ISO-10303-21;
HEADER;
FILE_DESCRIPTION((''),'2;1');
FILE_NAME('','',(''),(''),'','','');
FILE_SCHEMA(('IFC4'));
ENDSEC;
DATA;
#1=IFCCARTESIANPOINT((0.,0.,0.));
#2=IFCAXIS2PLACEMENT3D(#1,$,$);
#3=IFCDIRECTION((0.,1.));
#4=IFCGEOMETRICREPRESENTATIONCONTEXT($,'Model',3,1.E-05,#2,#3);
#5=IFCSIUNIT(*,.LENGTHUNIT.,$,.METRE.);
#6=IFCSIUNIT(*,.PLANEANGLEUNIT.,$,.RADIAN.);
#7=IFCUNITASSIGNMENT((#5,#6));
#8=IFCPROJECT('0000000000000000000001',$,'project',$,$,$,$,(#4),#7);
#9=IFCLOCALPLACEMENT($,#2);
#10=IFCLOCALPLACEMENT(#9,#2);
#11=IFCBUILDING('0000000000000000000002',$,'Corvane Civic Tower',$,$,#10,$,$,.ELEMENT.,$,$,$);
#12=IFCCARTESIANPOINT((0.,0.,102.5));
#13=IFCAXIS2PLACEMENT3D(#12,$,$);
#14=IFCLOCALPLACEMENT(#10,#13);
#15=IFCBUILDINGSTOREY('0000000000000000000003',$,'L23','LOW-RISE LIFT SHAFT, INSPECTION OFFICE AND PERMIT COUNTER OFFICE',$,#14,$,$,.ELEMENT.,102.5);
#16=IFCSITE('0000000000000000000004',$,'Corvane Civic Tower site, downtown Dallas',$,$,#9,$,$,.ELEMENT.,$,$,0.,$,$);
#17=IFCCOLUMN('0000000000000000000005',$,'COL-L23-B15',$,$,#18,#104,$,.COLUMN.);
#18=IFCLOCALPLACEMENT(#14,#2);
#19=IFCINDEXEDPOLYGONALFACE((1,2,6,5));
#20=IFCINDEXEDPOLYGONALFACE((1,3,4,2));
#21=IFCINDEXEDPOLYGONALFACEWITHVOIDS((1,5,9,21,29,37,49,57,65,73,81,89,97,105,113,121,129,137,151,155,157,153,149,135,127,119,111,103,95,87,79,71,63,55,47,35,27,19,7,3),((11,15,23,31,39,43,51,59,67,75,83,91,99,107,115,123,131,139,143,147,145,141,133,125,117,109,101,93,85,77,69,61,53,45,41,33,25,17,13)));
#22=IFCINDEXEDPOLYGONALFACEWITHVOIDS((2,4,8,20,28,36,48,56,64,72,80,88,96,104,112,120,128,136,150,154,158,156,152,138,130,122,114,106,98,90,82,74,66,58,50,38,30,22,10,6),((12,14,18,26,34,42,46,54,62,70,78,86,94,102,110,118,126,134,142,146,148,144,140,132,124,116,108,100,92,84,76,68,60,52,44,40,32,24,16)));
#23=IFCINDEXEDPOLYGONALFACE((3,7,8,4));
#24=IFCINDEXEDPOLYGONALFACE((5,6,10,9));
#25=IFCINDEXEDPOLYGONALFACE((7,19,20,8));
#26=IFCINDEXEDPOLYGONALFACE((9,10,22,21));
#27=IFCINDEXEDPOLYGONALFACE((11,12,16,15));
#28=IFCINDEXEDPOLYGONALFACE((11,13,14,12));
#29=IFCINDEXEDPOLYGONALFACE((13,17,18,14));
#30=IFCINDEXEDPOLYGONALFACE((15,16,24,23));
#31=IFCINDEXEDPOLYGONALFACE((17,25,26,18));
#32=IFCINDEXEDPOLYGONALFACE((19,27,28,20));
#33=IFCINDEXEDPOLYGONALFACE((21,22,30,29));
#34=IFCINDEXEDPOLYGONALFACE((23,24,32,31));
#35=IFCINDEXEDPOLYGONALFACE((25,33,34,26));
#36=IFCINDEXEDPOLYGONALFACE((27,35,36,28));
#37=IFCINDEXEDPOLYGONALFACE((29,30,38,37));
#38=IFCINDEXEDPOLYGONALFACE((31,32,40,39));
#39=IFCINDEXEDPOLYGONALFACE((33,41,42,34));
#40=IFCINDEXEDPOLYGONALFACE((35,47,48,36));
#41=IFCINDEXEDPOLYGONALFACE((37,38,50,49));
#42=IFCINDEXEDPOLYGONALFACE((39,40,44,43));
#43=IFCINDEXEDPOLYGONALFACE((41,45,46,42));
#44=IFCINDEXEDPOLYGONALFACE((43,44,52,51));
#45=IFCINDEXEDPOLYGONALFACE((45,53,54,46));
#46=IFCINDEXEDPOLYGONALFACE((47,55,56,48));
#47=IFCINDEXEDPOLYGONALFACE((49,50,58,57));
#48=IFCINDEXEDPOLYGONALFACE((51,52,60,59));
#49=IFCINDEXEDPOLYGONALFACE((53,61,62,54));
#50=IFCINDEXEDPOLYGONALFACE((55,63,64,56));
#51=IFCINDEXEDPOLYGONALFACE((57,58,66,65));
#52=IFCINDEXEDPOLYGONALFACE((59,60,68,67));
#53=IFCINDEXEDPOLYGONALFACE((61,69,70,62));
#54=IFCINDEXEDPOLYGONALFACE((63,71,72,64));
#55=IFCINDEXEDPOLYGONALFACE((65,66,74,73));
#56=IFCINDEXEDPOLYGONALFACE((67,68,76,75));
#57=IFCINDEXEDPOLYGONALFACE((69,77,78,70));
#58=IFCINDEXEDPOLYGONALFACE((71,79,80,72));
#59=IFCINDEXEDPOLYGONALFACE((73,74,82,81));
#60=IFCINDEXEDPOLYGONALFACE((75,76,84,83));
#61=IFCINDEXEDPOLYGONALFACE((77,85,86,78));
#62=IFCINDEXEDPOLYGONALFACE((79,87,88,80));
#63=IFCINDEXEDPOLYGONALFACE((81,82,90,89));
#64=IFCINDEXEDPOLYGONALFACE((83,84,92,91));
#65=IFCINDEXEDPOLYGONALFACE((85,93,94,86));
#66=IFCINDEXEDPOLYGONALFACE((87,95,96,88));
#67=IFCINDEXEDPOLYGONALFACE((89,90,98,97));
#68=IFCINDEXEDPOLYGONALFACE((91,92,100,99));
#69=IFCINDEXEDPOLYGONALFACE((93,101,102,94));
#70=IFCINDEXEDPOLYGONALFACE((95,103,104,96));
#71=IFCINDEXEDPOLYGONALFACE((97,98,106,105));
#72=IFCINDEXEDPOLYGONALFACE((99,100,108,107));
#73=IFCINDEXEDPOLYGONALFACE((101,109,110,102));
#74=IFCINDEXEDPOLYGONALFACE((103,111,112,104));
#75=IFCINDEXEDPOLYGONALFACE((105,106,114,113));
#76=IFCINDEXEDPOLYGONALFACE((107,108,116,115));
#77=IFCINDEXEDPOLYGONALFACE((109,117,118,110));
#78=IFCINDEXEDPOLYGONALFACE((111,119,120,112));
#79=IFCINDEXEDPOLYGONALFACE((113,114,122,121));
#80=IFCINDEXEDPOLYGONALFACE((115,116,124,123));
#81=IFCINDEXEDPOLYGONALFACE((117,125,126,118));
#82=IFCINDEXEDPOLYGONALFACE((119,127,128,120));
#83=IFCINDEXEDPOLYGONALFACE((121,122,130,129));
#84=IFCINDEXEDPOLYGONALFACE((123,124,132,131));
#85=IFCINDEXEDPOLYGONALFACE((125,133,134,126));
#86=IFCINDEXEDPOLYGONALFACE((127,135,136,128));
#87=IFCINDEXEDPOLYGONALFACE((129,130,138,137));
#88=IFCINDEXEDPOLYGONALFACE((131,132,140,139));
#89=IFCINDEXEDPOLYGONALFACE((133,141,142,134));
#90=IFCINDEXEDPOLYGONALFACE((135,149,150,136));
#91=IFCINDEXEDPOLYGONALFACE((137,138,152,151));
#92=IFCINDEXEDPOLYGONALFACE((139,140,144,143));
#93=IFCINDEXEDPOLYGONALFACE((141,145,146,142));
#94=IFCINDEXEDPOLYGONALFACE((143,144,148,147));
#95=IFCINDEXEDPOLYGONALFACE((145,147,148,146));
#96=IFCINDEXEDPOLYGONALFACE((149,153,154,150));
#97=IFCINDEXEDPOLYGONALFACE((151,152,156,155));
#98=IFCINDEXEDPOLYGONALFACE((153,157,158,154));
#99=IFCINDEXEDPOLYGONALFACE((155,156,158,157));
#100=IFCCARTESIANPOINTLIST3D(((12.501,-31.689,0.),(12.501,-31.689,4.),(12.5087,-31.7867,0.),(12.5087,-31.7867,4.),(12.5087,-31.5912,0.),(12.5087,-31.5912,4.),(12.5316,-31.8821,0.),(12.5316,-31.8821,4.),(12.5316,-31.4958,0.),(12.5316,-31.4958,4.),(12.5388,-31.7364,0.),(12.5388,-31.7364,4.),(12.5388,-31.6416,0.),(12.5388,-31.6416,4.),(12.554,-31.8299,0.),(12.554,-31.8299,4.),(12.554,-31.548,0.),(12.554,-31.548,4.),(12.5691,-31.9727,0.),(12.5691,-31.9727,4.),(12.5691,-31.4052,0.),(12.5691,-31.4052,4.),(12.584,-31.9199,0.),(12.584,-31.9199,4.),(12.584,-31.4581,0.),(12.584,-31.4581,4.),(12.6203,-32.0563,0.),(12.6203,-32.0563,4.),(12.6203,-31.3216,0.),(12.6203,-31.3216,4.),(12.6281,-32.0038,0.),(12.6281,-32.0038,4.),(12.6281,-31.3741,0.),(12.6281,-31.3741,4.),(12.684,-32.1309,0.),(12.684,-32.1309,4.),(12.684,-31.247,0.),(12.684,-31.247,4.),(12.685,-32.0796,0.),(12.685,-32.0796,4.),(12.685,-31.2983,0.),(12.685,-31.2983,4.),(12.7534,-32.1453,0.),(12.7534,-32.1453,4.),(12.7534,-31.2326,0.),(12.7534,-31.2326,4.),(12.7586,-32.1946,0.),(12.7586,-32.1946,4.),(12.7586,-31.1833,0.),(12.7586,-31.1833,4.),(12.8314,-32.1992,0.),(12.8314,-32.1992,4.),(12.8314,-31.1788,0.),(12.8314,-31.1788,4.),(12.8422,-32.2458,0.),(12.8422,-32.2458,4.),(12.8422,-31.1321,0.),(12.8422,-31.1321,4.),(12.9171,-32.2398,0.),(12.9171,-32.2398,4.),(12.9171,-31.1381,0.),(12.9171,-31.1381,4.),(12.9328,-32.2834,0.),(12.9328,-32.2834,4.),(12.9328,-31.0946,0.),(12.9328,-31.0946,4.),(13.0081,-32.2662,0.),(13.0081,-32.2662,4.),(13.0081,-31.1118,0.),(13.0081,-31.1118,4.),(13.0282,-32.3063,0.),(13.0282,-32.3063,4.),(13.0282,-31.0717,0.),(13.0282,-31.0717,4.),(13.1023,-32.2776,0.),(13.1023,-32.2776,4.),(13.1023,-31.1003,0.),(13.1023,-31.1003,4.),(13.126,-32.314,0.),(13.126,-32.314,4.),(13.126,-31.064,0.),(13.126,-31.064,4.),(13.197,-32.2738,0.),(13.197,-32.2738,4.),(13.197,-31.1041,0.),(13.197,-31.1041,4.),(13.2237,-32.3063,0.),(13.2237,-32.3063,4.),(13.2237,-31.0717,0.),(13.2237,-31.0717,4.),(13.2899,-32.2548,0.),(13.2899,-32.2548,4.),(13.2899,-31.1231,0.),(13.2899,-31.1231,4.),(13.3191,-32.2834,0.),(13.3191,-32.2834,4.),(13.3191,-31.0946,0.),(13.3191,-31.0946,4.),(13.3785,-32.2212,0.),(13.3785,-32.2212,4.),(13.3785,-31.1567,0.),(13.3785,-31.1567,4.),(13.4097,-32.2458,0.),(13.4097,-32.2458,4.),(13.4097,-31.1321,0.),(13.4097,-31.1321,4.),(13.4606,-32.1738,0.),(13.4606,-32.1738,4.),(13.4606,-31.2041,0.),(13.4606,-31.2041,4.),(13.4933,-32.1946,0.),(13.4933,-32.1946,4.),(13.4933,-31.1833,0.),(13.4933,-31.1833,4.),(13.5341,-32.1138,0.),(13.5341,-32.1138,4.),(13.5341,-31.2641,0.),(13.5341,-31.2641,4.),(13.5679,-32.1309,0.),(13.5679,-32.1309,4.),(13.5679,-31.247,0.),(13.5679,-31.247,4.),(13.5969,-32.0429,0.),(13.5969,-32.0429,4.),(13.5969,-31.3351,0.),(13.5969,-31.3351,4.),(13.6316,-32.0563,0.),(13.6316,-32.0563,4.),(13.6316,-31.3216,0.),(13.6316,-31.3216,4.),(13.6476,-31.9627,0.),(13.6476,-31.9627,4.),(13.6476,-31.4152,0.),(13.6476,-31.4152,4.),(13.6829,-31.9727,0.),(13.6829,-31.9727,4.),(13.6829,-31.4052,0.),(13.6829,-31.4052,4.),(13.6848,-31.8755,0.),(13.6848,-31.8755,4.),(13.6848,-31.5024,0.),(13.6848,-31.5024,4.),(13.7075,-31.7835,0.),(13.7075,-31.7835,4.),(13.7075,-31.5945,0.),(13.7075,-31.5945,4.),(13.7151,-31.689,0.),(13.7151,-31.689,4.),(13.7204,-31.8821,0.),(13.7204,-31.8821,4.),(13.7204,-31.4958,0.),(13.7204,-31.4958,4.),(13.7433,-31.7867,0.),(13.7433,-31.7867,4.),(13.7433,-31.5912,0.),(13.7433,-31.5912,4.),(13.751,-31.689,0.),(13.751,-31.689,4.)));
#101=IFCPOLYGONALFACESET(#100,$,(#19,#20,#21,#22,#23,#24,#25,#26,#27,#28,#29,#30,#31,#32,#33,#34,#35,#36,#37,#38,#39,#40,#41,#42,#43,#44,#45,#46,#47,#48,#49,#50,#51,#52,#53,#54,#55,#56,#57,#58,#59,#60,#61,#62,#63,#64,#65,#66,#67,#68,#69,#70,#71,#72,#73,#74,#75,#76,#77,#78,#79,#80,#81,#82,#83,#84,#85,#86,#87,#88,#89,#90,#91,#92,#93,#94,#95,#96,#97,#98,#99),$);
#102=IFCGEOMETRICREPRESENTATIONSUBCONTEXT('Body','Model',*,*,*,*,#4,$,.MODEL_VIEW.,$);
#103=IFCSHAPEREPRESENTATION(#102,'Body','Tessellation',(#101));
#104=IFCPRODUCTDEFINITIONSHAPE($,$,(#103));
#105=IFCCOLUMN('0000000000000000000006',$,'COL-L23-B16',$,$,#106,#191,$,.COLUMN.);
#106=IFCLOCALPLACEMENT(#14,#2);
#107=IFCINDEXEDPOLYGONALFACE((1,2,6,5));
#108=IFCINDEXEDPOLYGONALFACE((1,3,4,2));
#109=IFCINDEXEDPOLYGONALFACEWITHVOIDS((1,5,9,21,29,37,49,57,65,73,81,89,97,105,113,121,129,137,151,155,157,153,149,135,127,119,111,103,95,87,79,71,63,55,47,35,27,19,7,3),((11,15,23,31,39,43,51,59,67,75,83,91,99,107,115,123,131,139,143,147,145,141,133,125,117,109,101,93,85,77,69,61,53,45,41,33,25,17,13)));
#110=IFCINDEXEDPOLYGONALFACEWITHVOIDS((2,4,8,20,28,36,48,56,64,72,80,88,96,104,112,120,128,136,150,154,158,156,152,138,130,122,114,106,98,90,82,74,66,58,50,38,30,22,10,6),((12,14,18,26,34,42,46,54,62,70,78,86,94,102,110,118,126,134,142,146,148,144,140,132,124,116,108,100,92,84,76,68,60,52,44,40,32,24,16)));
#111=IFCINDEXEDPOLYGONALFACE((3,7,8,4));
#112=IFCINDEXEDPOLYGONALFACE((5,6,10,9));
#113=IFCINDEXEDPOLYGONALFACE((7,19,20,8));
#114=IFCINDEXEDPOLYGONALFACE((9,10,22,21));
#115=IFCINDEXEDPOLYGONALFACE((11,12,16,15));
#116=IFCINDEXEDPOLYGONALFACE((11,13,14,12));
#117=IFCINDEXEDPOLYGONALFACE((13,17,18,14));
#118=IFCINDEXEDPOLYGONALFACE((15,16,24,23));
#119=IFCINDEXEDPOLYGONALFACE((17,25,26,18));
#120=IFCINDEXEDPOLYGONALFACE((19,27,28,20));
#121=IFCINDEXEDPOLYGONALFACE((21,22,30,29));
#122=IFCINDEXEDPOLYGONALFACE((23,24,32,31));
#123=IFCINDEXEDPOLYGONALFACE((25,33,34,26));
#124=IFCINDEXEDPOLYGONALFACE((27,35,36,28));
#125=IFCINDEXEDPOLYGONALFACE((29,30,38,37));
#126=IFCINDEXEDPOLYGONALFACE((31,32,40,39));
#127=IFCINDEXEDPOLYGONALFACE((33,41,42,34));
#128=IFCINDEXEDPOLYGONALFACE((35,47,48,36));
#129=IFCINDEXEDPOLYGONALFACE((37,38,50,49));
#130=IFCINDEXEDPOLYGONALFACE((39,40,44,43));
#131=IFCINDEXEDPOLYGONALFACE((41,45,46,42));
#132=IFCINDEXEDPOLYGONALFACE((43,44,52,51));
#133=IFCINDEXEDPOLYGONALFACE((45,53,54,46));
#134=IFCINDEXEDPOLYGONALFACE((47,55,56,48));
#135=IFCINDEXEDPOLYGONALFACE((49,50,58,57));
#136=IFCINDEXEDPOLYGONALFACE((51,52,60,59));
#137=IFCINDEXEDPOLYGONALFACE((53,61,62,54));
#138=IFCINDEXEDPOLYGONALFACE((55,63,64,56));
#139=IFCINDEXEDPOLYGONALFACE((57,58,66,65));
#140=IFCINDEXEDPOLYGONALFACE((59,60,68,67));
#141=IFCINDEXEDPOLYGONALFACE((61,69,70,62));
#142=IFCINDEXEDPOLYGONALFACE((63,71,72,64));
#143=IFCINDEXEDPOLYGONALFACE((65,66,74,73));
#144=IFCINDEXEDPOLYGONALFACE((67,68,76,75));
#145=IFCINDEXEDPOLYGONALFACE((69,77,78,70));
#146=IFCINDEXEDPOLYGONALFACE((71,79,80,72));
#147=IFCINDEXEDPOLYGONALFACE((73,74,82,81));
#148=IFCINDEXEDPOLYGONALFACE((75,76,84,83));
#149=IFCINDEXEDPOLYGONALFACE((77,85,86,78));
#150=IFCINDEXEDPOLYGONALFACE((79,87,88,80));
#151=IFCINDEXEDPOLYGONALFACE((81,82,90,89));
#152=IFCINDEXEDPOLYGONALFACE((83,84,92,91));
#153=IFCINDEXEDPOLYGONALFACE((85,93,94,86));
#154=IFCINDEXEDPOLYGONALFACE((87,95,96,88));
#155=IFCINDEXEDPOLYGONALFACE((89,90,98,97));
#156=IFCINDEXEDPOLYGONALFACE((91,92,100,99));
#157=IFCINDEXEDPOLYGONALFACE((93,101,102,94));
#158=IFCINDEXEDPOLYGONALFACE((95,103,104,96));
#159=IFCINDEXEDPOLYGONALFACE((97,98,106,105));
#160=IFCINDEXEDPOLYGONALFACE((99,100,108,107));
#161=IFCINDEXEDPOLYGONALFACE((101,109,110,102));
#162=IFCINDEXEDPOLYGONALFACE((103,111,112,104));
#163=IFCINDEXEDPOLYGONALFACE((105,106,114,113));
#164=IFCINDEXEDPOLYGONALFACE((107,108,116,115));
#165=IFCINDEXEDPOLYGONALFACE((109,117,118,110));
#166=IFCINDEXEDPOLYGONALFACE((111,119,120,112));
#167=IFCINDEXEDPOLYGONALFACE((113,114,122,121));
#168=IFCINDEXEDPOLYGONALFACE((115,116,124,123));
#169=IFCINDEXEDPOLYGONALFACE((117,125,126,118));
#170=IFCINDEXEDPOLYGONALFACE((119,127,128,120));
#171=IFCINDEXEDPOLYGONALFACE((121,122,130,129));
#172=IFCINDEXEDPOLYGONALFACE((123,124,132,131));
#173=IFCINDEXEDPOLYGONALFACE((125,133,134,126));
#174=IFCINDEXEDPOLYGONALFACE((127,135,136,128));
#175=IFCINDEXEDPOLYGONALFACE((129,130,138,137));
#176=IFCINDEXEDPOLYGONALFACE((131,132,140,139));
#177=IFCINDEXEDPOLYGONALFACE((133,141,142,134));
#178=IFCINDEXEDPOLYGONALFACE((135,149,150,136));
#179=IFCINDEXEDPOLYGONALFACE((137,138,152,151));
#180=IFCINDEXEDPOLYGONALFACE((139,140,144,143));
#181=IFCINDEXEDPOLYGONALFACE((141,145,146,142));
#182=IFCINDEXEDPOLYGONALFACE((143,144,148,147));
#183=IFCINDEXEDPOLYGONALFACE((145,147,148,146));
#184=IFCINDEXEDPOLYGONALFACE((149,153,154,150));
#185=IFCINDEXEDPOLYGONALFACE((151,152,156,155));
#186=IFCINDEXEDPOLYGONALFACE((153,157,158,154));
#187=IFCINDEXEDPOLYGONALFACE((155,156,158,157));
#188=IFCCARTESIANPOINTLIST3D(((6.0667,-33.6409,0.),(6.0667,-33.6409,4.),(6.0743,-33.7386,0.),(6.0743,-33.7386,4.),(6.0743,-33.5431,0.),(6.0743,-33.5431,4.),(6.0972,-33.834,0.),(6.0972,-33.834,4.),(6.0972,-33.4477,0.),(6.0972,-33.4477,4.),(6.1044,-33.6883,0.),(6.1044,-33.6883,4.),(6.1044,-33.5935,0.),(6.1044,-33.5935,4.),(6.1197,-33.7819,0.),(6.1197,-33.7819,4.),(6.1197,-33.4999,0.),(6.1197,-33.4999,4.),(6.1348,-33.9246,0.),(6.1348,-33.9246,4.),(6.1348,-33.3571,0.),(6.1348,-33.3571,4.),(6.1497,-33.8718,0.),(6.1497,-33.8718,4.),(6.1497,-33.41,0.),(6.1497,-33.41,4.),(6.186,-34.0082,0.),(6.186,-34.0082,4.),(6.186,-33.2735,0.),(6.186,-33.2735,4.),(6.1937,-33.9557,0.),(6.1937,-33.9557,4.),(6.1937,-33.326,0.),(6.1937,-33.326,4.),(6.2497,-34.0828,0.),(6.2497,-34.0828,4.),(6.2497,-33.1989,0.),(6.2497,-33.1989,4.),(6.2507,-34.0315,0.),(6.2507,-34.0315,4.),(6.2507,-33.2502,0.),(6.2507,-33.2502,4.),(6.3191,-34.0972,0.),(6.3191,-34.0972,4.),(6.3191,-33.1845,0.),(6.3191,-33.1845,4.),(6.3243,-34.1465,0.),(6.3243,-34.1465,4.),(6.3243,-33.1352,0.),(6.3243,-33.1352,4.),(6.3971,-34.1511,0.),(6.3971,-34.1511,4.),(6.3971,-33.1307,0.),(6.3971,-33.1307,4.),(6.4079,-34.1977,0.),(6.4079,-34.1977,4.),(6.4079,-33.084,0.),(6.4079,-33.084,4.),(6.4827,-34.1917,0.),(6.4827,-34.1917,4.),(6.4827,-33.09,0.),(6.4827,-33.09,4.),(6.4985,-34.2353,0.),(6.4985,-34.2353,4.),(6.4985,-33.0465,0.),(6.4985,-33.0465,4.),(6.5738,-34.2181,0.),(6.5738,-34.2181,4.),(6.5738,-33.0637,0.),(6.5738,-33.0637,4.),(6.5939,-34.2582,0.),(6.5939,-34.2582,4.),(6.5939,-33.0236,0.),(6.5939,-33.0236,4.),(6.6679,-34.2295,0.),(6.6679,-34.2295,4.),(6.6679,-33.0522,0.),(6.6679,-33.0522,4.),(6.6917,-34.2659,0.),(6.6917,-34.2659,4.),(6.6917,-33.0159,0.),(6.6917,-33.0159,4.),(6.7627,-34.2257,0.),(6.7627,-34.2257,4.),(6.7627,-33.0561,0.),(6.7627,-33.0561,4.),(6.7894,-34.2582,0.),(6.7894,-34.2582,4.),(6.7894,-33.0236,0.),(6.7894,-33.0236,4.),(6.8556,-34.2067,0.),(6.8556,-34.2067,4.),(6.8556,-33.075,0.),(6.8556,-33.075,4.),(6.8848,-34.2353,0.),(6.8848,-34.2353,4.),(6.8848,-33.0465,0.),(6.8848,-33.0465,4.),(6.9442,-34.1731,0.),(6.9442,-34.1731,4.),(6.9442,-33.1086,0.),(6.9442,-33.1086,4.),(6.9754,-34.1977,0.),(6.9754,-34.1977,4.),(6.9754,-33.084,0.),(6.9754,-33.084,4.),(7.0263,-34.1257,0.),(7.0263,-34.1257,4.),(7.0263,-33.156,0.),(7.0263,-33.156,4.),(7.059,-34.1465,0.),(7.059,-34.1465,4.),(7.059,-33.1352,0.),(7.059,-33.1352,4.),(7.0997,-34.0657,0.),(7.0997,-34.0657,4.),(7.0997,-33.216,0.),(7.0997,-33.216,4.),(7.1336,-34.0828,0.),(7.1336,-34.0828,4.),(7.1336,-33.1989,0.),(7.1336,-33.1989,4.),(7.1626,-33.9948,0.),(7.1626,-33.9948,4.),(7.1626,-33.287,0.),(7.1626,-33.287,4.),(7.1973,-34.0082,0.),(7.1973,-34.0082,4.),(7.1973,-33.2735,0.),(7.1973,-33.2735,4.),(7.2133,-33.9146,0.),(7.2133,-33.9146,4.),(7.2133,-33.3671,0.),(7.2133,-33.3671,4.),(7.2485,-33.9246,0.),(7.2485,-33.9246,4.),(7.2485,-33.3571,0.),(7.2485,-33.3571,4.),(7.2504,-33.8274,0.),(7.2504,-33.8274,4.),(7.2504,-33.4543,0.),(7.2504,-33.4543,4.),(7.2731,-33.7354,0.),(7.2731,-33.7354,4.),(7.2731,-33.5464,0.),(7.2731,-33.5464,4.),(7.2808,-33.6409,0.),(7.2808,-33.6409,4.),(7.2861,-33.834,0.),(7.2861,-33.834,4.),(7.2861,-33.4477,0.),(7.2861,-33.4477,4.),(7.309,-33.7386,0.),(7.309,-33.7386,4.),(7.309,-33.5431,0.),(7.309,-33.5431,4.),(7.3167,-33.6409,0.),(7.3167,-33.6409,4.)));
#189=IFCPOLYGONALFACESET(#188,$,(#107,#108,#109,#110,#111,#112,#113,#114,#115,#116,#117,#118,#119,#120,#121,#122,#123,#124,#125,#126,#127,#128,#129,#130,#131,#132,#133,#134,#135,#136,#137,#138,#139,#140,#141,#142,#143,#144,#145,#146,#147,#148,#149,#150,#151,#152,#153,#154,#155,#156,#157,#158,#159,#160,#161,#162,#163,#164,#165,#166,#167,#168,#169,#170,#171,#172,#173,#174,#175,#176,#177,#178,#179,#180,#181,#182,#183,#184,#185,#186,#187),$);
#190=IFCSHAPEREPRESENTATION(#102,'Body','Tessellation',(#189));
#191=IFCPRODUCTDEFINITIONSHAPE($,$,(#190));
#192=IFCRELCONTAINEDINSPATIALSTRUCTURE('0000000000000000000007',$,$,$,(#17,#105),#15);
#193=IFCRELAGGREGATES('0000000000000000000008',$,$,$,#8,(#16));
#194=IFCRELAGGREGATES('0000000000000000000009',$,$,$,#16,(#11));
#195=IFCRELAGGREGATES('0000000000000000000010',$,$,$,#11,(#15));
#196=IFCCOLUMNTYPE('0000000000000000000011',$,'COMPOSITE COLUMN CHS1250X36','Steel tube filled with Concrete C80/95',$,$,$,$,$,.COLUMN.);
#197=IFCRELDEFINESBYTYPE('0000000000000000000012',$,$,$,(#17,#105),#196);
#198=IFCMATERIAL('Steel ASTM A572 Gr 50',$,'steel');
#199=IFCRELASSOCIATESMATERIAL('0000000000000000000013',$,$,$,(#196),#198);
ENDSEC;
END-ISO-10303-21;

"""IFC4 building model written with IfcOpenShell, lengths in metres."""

from ifc_helpers import new_model, si_unit, direction, frame, origin, origin_2d, place, context, subcontext, project, spatial, hollow_circle, extrude, material, material_profile, profile_set, type_object, element, save


model = new_model("IFC4")

# Units and contexts
model_context = context("Model", 3, precision=1e-05, world=origin(), true_north=direction((0.0, 1.0)))
body_context = subcontext(model_context, "Body", "Model", "MODEL_VIEW")
ifc_project = project(units=[si_unit("LENGTHUNIT", "METRE"), si_unit("PLANEANGLEUNIT", "RADIAN")], contexts=[model_context])

# Site, building, storey
site_placement = place(None, origin())
site = spatial("IfcSite", under=ifc_project, at=site_placement, Name="Corvane Civic Tower site, downtown Dallas", CompositionType="ELEMENT", RefElevation=0.0)
building_placement = place(site_placement, origin())
building = spatial("IfcBuilding", under=site, at=building_placement, Name="Corvane Civic Tower", CompositionType="ELEMENT")
storey_placement = place(building_placement, frame((0.0, 0.0, 102.5)))
storey = spatial("IfcBuildingStorey", under=building, at=storey_placement, Name="L23", Description="LOW-RISE LIFT SHAFT, INSPECTION OFFICE AND PERMIT COUNTER OFFICE", CompositionType="ELEMENT", Elevation=102.5)

# Columns
ifc_material_1 = material(Name="Steel ASTM A572 Gr 50", Category="steel")
ifc_material_profile_1 = material_profile(ifc_material_1, hollow_circle(Radius=0.625, WallThickness=0.0359, at=origin_2d()), Name="CHS1250X36")
ifc_profile_set_1 = profile_set([ifc_material_profile_1], Name="Steel ASTM A572 Gr 50")
column_type = type_object("IfcColumnType", Name="COMPOSITE COLUMN CHS1250X36", Description="Steel tube filled with Concrete C80/95", PredefinedType="COLUMN", material=ifc_profile_set_1)
for number, where, z_axis, x_axis, name in (
    (1, (13.126, -31.689, 0.0), (0.0, 0.0, 1.0), (1.0, 0.0, 0.0), "COL-L23-B15"),
    (2, (6.6917, -33.6409, 0.0), (0.0, 0.0, 1.0), (1.0, 0.0, 0.0), "COL-L23-B16"),
):
    element("IfcColumn", number, at=place(storey_placement, frame(where, z_axis=z_axis, x_axis=x_axis)), inside=storey, type_object=column_type, Name=name, PredefinedType="COLUMN", context=body_context, shape_type="SweptSolid", body=[
        extrude(hollow_circle(Radius=0.625, WallThickness=0.0359, at=origin_2d()), origin(), (0.0, 0.0, 1.0), 4.0),
    ])

save(model, "model.ifc")
